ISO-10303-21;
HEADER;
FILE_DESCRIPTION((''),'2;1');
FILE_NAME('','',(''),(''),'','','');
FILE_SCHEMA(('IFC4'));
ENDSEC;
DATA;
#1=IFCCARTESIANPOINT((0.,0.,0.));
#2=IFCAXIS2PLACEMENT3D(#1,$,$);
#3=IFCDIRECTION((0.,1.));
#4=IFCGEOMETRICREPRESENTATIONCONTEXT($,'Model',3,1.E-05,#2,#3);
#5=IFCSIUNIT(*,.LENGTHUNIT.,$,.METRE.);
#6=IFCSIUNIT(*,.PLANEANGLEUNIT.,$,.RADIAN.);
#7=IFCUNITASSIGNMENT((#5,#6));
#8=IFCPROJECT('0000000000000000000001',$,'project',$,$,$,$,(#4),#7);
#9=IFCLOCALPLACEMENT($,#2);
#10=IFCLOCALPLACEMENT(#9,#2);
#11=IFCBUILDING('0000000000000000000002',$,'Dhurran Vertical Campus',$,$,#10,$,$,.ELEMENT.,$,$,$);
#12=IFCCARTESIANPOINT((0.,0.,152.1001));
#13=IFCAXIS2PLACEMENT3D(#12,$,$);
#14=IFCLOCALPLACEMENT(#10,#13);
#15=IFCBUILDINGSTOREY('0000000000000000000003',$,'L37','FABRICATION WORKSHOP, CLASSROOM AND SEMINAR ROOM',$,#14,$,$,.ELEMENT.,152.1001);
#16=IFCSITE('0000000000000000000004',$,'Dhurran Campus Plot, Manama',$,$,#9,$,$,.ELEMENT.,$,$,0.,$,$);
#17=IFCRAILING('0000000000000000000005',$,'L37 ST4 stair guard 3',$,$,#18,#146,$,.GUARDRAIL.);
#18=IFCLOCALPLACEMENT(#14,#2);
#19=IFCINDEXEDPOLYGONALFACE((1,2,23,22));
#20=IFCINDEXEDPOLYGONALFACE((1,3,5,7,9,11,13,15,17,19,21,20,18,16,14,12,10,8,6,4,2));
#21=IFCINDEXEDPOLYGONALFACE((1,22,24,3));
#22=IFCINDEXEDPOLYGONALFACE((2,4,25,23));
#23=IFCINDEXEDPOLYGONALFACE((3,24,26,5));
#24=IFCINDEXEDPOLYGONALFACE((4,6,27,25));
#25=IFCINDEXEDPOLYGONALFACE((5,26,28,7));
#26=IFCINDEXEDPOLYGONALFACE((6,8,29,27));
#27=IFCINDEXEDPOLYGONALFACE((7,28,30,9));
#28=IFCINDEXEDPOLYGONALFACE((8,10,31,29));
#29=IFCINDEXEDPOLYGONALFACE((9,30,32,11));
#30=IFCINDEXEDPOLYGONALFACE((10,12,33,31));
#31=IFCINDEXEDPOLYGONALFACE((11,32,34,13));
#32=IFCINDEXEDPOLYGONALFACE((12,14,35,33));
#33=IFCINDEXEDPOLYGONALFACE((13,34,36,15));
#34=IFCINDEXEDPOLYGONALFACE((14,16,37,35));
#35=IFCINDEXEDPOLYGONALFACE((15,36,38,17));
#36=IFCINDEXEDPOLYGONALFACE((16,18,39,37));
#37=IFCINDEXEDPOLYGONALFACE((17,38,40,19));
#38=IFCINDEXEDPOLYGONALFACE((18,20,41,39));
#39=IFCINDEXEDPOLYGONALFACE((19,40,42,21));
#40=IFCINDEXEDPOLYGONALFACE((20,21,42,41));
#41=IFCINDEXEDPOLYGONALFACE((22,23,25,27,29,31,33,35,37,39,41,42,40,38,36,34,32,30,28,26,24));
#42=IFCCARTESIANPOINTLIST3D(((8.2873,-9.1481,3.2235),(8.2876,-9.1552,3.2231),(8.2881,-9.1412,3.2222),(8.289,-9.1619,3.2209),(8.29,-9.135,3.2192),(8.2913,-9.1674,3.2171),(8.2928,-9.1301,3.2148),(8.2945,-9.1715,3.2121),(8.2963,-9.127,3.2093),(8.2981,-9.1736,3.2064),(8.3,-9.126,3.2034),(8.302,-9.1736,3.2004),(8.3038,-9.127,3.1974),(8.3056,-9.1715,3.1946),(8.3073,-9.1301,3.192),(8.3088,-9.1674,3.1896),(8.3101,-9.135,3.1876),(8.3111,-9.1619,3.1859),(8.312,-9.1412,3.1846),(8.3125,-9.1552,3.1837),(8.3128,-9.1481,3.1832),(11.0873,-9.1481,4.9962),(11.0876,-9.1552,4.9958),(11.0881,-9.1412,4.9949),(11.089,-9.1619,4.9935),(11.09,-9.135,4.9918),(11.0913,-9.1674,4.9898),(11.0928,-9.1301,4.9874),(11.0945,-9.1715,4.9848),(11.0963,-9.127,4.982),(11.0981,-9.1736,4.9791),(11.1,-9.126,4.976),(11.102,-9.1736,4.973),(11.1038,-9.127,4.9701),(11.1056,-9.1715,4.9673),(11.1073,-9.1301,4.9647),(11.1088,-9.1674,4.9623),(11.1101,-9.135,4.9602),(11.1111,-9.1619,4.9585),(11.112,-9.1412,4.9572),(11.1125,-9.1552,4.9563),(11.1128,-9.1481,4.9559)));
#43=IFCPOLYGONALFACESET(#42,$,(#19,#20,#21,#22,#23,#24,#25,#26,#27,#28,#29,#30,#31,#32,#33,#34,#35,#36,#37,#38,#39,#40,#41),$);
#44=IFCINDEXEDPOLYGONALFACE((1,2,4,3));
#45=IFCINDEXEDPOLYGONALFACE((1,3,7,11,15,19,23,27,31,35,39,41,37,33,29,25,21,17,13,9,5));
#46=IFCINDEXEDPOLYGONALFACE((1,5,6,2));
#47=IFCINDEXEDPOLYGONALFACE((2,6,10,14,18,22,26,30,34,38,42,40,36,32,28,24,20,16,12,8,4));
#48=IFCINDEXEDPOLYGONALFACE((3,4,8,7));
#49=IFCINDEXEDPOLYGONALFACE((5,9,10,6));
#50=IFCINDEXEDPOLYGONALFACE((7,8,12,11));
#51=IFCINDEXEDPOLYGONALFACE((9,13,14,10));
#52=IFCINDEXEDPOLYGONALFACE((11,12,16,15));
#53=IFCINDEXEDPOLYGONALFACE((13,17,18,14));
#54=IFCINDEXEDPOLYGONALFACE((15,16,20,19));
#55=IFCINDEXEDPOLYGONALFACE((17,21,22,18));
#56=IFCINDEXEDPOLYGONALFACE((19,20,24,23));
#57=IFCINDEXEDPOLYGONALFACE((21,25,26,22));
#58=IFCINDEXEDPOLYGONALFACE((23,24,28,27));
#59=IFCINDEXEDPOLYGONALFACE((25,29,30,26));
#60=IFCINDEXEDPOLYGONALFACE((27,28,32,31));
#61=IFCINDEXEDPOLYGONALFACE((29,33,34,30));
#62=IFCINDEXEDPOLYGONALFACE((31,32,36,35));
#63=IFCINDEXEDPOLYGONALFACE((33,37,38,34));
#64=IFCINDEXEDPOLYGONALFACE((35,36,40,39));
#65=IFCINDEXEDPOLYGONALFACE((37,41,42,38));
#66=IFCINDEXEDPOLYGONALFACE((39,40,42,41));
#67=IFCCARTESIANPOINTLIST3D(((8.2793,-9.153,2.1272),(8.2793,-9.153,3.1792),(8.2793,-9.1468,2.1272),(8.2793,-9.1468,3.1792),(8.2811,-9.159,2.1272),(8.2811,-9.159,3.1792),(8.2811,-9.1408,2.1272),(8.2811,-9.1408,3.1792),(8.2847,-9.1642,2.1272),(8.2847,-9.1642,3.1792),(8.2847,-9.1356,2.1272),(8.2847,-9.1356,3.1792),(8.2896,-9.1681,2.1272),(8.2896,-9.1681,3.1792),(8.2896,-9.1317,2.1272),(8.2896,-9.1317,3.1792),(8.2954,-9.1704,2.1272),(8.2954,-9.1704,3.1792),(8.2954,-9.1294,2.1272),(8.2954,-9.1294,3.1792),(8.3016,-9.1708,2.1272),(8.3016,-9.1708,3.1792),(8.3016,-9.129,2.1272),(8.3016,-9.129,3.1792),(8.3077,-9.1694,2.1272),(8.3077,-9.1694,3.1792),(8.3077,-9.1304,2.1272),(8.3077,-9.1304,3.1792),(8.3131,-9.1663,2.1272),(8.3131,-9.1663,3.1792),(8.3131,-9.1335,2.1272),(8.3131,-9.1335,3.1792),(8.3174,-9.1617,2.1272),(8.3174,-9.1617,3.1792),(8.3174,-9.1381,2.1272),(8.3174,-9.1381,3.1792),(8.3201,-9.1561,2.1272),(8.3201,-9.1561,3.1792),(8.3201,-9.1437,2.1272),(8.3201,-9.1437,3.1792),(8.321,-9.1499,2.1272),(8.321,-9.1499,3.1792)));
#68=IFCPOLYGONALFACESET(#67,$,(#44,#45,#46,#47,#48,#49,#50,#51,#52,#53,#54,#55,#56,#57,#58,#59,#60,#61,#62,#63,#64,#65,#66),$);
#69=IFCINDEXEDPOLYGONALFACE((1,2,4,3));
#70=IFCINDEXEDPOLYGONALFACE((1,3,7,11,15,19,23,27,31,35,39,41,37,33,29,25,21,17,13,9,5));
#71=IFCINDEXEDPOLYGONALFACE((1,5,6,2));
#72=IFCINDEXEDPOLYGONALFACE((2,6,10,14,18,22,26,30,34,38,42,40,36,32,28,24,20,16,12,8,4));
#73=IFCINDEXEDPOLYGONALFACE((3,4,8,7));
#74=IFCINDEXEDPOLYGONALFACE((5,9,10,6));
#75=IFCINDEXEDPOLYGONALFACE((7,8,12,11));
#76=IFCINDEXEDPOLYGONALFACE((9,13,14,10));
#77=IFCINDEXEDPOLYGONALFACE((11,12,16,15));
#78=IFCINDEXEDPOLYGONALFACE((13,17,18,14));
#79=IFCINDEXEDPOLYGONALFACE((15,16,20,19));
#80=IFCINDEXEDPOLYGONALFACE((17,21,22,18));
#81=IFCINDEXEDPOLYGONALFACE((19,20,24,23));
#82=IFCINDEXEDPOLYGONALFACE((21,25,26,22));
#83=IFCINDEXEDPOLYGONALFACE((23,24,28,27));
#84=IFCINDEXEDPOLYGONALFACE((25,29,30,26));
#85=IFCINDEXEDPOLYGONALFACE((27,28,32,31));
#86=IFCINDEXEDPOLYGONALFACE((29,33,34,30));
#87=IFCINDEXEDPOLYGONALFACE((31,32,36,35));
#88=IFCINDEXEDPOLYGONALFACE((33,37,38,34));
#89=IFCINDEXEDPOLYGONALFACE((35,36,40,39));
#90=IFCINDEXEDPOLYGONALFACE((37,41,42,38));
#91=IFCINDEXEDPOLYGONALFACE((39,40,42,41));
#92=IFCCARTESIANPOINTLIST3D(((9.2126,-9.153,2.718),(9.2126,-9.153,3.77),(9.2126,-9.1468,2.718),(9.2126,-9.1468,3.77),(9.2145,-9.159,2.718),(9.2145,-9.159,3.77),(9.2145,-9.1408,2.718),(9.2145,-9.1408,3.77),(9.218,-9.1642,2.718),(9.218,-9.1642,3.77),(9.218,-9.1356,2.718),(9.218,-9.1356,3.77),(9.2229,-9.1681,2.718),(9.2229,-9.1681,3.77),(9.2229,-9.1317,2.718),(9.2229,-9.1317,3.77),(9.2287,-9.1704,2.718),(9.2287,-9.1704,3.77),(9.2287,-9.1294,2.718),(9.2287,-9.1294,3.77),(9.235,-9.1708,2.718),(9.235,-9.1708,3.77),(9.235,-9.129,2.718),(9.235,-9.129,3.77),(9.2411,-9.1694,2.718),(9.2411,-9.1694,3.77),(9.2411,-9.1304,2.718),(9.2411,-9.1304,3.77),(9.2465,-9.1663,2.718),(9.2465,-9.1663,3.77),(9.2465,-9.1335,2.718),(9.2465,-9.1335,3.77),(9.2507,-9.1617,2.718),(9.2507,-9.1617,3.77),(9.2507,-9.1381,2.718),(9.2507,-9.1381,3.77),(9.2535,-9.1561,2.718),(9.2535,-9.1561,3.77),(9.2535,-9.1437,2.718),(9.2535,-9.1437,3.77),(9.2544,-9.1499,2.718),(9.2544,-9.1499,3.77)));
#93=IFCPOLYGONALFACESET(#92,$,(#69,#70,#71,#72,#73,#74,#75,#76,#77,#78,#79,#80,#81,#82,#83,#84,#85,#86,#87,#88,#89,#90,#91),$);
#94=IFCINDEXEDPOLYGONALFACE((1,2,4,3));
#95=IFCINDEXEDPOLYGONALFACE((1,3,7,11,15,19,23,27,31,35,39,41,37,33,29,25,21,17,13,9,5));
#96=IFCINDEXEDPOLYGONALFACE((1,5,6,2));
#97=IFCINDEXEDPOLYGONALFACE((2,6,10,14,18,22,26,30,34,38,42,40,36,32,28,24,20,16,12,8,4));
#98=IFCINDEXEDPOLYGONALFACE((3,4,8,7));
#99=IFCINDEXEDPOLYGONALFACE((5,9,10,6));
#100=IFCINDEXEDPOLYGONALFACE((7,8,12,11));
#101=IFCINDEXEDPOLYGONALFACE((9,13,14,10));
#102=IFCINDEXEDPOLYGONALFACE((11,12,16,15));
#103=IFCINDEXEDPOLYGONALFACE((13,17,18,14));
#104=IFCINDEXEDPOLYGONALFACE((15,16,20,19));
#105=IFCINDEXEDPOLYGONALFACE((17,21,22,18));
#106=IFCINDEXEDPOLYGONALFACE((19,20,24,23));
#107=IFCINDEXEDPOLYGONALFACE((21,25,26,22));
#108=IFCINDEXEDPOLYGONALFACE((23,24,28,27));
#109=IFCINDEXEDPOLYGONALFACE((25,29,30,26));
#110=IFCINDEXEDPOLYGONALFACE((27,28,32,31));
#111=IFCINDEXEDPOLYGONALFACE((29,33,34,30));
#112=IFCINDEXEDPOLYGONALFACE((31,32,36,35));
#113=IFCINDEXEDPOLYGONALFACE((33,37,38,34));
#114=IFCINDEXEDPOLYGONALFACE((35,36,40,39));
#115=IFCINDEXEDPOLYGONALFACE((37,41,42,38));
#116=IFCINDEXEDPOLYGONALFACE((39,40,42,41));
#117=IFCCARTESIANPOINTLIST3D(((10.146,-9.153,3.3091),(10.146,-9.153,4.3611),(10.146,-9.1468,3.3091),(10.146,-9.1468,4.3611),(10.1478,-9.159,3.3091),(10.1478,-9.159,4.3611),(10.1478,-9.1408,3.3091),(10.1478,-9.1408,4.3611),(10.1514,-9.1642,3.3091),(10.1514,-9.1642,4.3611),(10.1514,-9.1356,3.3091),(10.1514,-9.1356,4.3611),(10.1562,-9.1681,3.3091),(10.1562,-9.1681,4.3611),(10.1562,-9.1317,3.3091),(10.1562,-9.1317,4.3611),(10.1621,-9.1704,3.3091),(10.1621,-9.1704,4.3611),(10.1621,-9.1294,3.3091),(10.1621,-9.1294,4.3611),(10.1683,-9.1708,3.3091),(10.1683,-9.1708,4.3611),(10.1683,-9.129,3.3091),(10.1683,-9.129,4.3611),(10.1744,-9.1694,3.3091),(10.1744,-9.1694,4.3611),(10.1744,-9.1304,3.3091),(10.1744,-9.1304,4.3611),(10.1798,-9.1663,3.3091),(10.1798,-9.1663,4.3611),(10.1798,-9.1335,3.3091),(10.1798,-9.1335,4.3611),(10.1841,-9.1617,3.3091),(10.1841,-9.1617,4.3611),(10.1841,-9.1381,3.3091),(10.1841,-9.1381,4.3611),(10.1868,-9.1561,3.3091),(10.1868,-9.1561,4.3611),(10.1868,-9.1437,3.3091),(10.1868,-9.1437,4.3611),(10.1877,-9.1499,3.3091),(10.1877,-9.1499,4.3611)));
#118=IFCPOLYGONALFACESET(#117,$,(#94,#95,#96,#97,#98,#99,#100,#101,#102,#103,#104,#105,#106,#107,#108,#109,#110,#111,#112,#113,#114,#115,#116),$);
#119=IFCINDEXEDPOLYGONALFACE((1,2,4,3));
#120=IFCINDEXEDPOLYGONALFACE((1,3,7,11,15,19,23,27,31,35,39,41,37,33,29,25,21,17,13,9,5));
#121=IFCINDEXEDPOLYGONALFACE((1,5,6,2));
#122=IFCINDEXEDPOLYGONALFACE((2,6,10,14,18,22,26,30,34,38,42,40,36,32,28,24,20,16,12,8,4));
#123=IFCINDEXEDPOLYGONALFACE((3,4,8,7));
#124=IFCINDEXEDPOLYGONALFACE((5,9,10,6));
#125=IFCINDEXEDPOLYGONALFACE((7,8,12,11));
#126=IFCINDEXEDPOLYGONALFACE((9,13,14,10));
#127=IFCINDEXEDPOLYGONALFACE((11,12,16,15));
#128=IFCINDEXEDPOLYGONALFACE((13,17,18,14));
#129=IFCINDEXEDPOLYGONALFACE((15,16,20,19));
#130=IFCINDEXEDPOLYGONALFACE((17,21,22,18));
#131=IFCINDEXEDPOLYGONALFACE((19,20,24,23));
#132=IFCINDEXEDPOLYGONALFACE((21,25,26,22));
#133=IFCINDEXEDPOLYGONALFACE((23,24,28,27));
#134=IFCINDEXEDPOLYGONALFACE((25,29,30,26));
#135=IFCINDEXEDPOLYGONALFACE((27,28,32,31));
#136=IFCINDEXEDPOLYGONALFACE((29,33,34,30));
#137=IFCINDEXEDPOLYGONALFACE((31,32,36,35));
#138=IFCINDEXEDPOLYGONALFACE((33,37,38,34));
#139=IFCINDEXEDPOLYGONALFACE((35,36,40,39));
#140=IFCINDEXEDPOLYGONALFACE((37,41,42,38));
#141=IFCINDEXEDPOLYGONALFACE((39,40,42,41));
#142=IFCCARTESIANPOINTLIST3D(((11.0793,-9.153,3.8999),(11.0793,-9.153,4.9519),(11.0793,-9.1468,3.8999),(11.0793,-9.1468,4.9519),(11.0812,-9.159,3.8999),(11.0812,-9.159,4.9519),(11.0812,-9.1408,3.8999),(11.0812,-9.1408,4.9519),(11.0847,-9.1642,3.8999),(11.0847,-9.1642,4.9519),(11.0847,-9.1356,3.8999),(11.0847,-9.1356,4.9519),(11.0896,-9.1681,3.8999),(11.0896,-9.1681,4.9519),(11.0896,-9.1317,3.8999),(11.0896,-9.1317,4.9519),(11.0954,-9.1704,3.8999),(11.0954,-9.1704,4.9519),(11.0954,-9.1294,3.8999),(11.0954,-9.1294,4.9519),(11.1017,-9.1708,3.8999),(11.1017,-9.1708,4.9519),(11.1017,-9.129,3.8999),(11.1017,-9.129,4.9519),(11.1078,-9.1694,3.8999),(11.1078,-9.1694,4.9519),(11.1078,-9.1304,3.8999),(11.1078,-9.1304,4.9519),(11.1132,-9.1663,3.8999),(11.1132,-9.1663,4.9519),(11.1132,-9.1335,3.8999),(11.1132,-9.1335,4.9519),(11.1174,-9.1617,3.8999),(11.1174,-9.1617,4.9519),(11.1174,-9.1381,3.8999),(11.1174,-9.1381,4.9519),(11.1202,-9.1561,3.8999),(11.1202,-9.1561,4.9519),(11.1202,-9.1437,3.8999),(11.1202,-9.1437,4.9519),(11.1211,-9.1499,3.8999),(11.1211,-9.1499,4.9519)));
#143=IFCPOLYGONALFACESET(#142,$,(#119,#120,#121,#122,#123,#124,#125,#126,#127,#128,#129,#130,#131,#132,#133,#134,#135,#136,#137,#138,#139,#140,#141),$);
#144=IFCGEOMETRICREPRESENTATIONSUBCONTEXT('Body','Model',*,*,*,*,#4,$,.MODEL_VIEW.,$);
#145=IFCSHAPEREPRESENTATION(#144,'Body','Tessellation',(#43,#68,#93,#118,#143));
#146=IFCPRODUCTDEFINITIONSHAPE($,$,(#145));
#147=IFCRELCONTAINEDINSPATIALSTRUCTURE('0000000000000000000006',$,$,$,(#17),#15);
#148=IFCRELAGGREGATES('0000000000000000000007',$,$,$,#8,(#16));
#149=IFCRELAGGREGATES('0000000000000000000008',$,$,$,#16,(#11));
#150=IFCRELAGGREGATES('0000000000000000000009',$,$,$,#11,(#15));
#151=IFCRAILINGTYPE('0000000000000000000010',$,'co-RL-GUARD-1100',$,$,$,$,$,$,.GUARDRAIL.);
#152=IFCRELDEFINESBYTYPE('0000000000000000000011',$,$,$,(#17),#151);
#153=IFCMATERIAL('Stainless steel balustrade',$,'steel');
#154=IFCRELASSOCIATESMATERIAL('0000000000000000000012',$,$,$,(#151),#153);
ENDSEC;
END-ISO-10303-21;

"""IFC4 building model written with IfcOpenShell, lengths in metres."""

from ifc_helpers import new_model, si_unit, direction, frame, origin, origin_2d, place, context, subcontext, project, spatial, circle, extrude, material, type_object, element, save


model = new_model("IFC4")

# Units and contexts
model_context = context("Model", 3, precision=1e-05, world=origin(), true_north=direction((0.0, 1.0)))
body_context = subcontext(model_context, "Body", "Model", "MODEL_VIEW")
ifc_project = project(units=[si_unit("LENGTHUNIT", "METRE"), si_unit("PLANEANGLEUNIT", "RADIAN")], contexts=[model_context])

# Site, building, storey
site_placement = place(None, origin())
site = spatial("IfcSite", under=ifc_project, at=site_placement, Name="Dhurran Campus Plot, Manama", CompositionType="ELEMENT", RefElevation=0.0)
building_placement = place(site_placement, origin())
building = spatial("IfcBuilding", under=site, at=building_placement, Name="Dhurran Vertical Campus", CompositionType="ELEMENT")
storey_placement = place(building_placement, frame((0.0, 0.0, 152.1001)))
storey = spatial("IfcBuildingStorey", under=building, at=storey_placement, Name="L37", Description="FABRICATION WORKSHOP, CLASSROOM AND SEMINAR ROOM", CompositionType="ELEMENT", Elevation=152.1001)

# Railing
ifc_material_1 = material(Name="Stainless steel balustrade", Category="steel")
railing_type_1 = type_object("IfcRailingType", Name="co-RL-GUARD-1100", PredefinedType="GUARDRAIL", material=ifc_material_1)
railing_1_placement = place(storey_placement, frame((8.3, -9.1499, 2.1272)))
element("IfcRailing", 1, at=railing_1_placement, inside=storey, type_object=railing_type_1, Name="L37 ST4 stair guard 3", PredefinedType="GUARDRAIL", context=body_context, shape_type="SweptSolid", body=[
    extrude(circle(Radius=0.0239, at=origin_2d()), frame((0.0, 0.0, 1.0762), z_axis=(0.844909, 0.0, 0.53491), x_axis=(0.0, 1.0, 0.0)), (0.0, 0.0, 1.0), 3.314),
    extrude(circle(Radius=0.021, at=origin_2d()), origin(), (0.0, 0.0, 1.0), 1.052),
    extrude(circle(Radius=0.021, at=origin_2d()), frame((0.9333, 0.0, 0.5908)), (0.0, 0.0, 1.0), 1.052),
    extrude(circle(Radius=0.021, at=origin_2d()), frame((1.8667, 0.0, 1.1819)), (0.0, 0.0, 1.0), 1.052),
    extrude(circle(Radius=0.021, at=origin_2d()), frame((2.8, 0.0, 1.7727)), (0.0, 0.0, 1.0), 1.052),
])

save(model, "model.ifc")
